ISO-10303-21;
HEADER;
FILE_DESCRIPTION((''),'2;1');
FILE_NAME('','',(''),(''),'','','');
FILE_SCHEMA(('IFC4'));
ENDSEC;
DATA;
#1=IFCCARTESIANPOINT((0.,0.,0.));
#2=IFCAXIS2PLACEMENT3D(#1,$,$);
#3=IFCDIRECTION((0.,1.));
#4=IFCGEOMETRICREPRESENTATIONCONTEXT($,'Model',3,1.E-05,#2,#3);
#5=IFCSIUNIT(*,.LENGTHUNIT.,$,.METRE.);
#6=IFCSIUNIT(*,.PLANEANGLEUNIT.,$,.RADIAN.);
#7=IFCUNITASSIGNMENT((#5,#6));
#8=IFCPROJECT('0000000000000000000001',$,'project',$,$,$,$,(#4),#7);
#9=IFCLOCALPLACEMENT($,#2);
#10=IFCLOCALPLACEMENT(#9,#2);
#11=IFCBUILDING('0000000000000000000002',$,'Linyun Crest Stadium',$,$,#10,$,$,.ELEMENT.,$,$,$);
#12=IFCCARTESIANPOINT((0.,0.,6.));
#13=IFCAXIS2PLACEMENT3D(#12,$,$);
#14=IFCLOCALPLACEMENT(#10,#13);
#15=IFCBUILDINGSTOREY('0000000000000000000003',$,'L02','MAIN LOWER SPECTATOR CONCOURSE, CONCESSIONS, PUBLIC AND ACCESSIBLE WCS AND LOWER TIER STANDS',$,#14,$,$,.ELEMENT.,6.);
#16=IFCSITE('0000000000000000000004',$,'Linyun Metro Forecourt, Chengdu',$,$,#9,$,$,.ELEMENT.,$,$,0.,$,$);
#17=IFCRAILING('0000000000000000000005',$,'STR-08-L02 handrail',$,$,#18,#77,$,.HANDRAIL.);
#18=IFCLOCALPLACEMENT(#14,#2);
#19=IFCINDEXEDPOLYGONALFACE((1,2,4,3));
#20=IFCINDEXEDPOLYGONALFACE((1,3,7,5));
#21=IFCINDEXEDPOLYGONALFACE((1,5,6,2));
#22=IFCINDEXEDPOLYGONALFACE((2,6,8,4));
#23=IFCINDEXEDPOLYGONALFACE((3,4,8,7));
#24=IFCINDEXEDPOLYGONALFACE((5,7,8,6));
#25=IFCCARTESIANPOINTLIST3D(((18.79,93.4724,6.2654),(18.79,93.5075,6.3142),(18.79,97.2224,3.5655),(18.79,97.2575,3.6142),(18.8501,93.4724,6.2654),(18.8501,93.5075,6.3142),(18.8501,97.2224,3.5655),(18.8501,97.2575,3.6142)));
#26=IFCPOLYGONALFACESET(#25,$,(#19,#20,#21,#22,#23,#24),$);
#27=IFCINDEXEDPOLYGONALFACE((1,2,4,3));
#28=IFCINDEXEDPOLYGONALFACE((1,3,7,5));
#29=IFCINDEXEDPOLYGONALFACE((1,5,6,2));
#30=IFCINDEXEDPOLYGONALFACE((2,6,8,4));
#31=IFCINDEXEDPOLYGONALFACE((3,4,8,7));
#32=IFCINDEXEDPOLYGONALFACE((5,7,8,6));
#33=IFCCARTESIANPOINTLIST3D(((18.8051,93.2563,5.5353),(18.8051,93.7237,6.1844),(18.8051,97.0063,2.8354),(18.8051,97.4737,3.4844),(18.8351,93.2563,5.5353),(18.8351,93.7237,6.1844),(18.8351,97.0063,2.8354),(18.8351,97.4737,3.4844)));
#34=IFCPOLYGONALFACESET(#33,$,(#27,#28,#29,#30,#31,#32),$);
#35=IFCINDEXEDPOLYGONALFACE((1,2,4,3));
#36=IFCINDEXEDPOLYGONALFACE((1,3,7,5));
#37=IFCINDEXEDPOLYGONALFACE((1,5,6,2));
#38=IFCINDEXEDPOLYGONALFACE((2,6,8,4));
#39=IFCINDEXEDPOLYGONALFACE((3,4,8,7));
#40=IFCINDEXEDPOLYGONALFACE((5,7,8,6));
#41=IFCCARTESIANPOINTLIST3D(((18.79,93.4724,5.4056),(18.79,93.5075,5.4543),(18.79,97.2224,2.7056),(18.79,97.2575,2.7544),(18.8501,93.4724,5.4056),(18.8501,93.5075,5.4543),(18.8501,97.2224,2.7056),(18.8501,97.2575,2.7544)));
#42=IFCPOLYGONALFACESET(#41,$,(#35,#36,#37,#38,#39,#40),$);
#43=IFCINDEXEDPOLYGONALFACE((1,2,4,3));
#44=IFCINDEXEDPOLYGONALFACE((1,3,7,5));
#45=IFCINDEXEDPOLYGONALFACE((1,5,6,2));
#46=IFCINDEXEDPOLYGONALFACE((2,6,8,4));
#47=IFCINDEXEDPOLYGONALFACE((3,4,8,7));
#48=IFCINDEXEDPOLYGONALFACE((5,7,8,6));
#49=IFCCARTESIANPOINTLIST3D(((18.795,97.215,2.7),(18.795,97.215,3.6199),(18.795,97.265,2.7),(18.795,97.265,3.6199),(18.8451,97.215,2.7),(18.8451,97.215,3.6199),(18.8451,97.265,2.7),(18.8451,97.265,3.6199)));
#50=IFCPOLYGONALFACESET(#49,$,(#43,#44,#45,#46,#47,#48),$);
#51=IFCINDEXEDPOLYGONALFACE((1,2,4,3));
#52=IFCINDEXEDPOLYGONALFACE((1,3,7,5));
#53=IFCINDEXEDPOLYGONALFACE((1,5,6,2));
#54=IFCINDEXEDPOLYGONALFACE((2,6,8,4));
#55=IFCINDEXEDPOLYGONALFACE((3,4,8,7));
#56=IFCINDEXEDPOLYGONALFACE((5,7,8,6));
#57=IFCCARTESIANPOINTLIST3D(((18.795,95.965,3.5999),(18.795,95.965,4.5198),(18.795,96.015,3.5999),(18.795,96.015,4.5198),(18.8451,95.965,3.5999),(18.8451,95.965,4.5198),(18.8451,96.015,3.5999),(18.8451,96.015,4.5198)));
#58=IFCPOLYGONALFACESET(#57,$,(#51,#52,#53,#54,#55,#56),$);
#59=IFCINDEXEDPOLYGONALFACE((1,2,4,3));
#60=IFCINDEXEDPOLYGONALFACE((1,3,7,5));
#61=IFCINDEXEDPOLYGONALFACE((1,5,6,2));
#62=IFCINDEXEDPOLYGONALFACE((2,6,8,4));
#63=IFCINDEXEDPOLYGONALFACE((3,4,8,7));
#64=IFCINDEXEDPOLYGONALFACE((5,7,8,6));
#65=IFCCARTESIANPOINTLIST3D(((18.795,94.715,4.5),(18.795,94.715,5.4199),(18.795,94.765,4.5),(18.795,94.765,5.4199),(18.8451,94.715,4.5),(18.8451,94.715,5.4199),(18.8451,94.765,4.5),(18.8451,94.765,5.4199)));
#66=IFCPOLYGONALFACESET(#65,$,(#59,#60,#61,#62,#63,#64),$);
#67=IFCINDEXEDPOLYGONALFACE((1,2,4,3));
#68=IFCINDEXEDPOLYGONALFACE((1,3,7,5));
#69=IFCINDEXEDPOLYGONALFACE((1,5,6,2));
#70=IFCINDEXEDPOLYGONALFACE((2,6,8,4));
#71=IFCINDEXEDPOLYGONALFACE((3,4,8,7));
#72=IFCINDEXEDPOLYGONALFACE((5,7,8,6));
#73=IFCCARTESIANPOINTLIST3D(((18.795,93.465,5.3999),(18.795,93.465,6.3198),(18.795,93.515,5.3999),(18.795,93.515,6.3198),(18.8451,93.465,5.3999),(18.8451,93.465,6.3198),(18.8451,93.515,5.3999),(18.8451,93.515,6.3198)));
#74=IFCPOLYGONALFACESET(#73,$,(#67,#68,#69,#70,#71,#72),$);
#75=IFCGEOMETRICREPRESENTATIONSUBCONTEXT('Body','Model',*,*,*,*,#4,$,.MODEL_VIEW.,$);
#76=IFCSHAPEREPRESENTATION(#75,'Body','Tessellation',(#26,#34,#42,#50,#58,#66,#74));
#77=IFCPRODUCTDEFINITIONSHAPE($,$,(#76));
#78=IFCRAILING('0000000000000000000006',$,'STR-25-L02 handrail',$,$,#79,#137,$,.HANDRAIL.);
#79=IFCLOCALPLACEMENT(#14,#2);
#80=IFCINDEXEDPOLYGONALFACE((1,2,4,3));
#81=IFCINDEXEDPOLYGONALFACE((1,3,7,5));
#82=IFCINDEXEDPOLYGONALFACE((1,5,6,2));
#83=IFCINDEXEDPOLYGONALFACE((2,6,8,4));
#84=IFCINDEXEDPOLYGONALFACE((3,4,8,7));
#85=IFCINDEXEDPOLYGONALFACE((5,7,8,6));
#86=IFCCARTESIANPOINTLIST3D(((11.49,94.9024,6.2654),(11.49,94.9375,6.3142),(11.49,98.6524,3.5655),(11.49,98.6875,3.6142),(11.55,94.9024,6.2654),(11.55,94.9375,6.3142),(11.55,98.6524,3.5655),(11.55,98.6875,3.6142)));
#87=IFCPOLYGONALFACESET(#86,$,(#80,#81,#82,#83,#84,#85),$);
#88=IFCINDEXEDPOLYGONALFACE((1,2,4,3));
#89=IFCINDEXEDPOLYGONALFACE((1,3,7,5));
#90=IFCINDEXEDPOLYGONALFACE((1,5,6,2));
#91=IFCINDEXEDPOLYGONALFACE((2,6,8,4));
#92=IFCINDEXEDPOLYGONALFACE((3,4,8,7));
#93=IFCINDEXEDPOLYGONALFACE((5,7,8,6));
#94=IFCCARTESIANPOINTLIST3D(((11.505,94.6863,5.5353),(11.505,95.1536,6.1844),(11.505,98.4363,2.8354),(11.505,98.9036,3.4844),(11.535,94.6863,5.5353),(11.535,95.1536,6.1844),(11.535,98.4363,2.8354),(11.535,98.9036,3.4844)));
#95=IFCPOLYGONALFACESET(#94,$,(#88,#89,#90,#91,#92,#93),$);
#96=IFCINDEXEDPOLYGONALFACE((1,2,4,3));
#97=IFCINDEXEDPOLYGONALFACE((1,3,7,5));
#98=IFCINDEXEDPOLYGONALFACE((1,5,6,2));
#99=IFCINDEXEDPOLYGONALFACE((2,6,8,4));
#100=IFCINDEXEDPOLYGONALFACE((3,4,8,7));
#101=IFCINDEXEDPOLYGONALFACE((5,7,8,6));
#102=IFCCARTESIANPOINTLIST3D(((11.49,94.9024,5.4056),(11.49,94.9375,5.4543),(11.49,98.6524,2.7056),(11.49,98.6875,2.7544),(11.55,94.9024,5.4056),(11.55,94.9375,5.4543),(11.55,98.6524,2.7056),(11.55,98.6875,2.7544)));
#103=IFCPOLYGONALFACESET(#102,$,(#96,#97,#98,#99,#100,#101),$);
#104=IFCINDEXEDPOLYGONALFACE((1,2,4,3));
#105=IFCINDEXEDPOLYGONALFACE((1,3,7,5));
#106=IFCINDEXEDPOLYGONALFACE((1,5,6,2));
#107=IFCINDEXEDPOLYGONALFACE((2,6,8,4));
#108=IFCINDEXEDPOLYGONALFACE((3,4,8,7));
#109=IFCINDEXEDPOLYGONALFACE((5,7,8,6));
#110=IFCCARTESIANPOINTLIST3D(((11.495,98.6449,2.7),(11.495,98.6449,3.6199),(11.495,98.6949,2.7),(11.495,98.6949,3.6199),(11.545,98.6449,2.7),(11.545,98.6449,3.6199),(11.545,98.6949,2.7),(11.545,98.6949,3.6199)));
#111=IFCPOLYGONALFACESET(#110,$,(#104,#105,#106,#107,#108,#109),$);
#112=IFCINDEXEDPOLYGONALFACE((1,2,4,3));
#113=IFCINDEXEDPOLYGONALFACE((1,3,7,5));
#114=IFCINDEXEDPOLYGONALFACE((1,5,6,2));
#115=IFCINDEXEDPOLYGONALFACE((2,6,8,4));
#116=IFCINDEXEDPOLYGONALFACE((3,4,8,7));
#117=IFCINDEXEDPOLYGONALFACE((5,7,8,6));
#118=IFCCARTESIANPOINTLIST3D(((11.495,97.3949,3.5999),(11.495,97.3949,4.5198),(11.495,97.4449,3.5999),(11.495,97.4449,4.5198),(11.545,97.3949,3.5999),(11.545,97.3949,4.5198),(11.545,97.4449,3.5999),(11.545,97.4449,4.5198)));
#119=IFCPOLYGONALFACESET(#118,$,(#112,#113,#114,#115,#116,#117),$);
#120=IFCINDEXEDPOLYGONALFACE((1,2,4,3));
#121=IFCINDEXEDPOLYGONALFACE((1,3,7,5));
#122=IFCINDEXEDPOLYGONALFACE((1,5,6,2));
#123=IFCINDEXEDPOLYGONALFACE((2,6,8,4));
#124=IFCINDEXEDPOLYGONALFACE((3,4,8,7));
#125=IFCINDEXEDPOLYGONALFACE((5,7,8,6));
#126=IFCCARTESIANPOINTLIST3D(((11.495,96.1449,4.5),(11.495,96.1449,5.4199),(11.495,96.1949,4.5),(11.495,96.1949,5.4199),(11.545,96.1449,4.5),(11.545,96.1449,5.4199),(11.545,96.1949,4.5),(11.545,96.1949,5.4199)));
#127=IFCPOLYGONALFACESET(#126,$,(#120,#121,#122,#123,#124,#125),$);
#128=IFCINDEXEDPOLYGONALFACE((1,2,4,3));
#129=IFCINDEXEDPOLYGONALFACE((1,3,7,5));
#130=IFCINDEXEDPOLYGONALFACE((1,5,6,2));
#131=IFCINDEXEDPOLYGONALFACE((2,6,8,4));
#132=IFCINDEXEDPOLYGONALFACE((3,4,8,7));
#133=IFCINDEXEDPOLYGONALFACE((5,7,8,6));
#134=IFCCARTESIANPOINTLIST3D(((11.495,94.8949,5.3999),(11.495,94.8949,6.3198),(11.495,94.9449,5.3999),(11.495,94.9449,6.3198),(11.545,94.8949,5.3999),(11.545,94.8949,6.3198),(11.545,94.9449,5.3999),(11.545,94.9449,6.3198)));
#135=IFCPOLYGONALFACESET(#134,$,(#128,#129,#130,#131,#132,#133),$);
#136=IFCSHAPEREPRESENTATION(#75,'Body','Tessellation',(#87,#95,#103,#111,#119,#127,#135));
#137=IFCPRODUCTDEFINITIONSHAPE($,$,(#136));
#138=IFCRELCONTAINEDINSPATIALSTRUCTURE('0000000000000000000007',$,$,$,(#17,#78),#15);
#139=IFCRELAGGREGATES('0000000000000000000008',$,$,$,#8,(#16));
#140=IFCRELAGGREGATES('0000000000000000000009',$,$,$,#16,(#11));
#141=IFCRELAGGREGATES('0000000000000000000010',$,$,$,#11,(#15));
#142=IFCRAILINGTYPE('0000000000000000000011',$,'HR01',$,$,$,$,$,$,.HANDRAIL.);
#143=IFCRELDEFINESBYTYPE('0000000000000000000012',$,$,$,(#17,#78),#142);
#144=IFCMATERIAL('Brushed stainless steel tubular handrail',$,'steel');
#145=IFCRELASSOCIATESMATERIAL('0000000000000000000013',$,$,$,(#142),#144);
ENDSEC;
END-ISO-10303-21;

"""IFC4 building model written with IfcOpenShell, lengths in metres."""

from ifc_helpers import new_model, si_unit, direction, frame, origin, origin_2d, place, context, subcontext, project, spatial, rectangle, extrude, material, type_object, element, save


model = new_model("IFC4")

# Units and contexts
model_context = context("Model", 3, precision=1e-05, world=origin(), true_north=direction((0.0, 1.0)))
body_context = subcontext(model_context, "Body", "Model", "MODEL_VIEW")
ifc_project = project(units=[si_unit("LENGTHUNIT", "METRE"), si_unit("PLANEANGLEUNIT", "RADIAN")], contexts=[model_context])

# Site, building, storey
site_placement = place(None, origin())
site = spatial("IfcSite", under=ifc_project, at=site_placement, Name="Linyun Metro Forecourt, Chengdu", CompositionType="ELEMENT", RefElevation=0.0)
building_placement = place(site_placement, origin())
building = spatial("IfcBuilding", under=site, at=building_placement, Name="Linyun Crest Stadium", CompositionType="ELEMENT")
storey_placement = place(building_placement, frame((0.0, 0.0, 6.0)))
storey = spatial("IfcBuildingStorey", under=building, at=storey_placement, Name="L02", Description="MAIN LOWER SPECTATOR CONCOURSE, CONCESSIONS, PUBLIC AND ACCESSIBLE WCS AND LOWER TIER STANDS", CompositionType="ELEMENT", Elevation=6.0)

# Railings
ifc_material_1 = material(Name="Brushed stainless steel tubular handrail", Category="steel")
railing_type_1 = type_object("IfcRailingType", Name="HR01", PredefinedType="HANDRAIL", material=ifc_material_1)
for number, where, name in (
    (1, (18.8201, 97.24, 2.7), "STR-08-L02 handrail"),
    (2, (11.52, 98.6699, 2.7), "STR-25-L02 handrail"),
):
    element("IfcRailing", number, at=place(storey_placement, frame(where)), inside=storey, type_object=railing_type_1, Name=name, PredefinedType="HANDRAIL", context=body_context, shape_type="SweptSolid", body=[
        extrude(rectangle(XDim=0.0601, YDim=0.0601, at=origin_2d()), frame((0.0, 0.0, 0.8899), z_axis=(0.0, -0.811539, 0.584298), x_axis=(1.0, 0.0, 0.0)), (0.0, 0.0, 1.0), 4.6208),
        extrude(rectangle(XDim=0.03, YDim=0.7998, at=origin_2d()), frame((0.0, 0.0, 0.46), z_axis=(0.0, -0.811539, 0.584298), x_axis=(1.0, 0.0, 0.0)), (0.0, 0.0, 1.0), 4.6208),
        extrude(rectangle(XDim=0.0601, YDim=0.0601, at=origin_2d()), frame((0.0, 0.0, 0.03), z_axis=(0.0, -0.811539, 0.584298), x_axis=(1.0, 0.0, 0.0)), (0.0, 0.0, 1.0), 4.6208),
        extrude(rectangle(XDim=0.05, YDim=0.05, at=origin_2d()), origin(), (0.0, 0.0, 1.0), 0.9199),
        extrude(rectangle(XDim=0.05, YDim=0.05, at=origin_2d()), frame((0.0, -1.25, 0.8999)), (0.0, 0.0, 1.0), 0.9199),
        extrude(rectangle(XDim=0.05, YDim=0.05, at=origin_2d()), frame((0.0, -2.5, 1.8)), (0.0, 0.0, 1.0), 0.9199),
        extrude(rectangle(XDim=0.05, YDim=0.05, at=origin_2d()), frame((0.0, -3.75, 2.7)), (0.0, 0.0, 1.0), 0.9199),
    ])

save(model, "model.ifc")
